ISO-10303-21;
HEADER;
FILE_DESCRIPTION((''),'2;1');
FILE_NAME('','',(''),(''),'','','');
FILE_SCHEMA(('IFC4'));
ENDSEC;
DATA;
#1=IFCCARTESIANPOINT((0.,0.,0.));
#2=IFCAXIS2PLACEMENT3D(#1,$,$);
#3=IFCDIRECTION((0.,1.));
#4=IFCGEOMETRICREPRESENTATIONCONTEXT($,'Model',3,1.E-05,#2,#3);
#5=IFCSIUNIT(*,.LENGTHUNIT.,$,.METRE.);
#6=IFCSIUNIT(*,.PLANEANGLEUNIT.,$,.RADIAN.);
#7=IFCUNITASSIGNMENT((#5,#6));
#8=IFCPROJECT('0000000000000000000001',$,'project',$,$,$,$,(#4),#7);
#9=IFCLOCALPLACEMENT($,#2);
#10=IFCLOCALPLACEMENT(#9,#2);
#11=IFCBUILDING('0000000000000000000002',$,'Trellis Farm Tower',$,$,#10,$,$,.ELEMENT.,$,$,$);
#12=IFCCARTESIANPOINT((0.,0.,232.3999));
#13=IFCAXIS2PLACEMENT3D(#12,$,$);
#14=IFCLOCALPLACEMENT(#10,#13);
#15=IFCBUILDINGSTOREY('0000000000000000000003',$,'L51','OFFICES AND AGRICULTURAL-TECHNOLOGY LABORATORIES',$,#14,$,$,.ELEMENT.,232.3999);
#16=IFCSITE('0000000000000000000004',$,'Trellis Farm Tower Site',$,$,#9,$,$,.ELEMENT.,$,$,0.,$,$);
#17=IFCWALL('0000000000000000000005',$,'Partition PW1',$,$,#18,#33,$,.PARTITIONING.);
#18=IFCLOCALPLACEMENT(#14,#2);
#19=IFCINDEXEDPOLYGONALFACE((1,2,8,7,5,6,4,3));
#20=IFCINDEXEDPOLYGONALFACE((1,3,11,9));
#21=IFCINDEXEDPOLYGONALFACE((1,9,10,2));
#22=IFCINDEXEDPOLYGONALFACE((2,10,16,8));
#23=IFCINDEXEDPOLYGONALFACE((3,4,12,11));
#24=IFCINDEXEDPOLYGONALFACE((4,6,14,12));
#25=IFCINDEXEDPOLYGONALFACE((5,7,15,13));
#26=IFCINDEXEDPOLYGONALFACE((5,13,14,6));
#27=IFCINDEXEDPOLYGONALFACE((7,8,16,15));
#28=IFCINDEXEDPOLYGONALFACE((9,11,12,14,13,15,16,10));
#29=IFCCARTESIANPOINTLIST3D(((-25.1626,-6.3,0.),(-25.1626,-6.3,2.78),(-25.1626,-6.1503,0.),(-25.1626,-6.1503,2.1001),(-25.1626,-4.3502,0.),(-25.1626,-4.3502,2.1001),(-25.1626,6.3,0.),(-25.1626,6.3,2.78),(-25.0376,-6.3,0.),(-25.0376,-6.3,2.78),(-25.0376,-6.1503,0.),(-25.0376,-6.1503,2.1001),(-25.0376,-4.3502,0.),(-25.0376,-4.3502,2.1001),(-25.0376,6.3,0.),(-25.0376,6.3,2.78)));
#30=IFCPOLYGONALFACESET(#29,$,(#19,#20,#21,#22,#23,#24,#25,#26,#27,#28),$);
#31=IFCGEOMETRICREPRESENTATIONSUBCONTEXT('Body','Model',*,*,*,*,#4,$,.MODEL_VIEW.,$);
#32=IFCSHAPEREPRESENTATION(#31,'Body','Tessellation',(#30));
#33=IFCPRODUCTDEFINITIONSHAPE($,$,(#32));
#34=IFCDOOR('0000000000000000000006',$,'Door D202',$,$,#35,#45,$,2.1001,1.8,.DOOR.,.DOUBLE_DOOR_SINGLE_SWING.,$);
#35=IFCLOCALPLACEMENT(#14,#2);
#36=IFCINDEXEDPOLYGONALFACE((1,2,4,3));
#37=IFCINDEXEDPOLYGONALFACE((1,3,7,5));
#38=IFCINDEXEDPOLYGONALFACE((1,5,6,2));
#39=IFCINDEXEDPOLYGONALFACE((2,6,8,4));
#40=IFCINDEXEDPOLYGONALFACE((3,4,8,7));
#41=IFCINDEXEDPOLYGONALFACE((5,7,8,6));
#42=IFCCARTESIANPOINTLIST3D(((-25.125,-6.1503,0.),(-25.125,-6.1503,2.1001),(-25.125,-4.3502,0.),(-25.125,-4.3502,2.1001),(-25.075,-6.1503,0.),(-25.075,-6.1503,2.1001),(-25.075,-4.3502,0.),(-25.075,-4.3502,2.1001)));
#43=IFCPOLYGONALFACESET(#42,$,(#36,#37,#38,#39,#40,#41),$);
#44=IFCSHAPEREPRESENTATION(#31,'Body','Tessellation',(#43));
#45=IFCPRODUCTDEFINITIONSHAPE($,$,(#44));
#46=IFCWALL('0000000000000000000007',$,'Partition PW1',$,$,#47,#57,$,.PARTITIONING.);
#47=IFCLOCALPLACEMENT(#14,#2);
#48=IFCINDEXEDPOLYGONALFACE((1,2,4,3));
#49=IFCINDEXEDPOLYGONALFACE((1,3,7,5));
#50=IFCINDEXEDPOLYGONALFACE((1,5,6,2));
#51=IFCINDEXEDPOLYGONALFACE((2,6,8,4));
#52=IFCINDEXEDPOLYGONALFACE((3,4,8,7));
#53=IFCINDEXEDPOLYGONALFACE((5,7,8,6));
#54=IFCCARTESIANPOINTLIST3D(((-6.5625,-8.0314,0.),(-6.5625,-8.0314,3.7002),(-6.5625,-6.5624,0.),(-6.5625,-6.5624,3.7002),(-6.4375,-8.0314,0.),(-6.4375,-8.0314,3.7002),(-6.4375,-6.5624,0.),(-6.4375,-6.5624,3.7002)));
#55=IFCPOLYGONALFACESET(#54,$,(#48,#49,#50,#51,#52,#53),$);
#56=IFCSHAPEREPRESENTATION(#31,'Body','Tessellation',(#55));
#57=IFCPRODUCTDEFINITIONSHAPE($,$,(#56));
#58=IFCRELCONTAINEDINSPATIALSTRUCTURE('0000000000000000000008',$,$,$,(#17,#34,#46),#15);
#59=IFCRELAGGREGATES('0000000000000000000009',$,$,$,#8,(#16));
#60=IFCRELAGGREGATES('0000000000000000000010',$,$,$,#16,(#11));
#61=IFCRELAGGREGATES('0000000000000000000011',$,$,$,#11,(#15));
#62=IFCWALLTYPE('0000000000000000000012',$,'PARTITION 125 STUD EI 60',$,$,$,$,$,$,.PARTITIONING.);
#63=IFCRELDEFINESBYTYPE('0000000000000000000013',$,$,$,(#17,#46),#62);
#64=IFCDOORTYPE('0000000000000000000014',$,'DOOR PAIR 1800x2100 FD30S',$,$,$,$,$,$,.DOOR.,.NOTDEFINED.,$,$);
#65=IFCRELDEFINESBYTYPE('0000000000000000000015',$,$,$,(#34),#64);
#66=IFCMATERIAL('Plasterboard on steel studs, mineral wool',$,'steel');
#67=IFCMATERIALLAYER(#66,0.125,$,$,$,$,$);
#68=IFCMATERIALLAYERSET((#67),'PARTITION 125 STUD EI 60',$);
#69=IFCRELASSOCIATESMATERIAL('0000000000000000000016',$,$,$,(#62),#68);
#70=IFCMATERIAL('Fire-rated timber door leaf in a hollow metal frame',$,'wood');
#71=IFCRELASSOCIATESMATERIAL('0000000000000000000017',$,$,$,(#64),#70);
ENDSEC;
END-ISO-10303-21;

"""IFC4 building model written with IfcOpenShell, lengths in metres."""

from ifc_helpers import new_model, si_unit, direction, frame, frame_2d, origin, place, context, subcontext, project, spatial, rectangle, extrude, source, transform, mapped, material, layer, layer_set, type_object, element, fill, save


model = new_model("IFC4")

# Units and contexts
model_context = context("Model", 3, precision=1e-05, world=origin(), true_north=direction((0.0, 1.0)))
body_context = subcontext(model_context, "Body", "Model", "MODEL_VIEW")
ifc_project = project(units=[si_unit("LENGTHUNIT", "METRE"), si_unit("PLANEANGLEUNIT", "RADIAN")], contexts=[model_context])

# Site, building, storey
site_placement = place(None, origin())
site = spatial("IfcSite", under=ifc_project, at=site_placement, Name="Trellis Farm Tower Site", CompositionType="ELEMENT", RefElevation=0.0)
building_placement = place(site_placement, origin())
building = spatial("IfcBuilding", under=site, at=building_placement, Name="Trellis Farm Tower", CompositionType="ELEMENT")
storey_placement = place(building_placement, frame((0.0, 0.0, 232.3999)))
storey = spatial("IfcBuildingStorey", under=building, at=storey_placement, Name="L51", Description="OFFICES AND AGRICULTURAL-TECHNOLOGY LABORATORIES", CompositionType="ELEMENT", Elevation=232.3999)

# Wall, opening, door
ifc_material_1 = material(Name="Plasterboard on steel studs, mineral wool", Category="steel")
ifc_layer_1 = layer(ifc_material_1, 0.125)
ifc_layer_set_1 = layer_set([ifc_layer_1], Name="PARTITION 125 STUD EI 60")
wall_type = type_object("IfcWallType", Name="PARTITION 125 STUD EI 60", PredefinedType="PARTITIONING", material=ifc_layer_set_1)
shared_shape_1 = source(origin(), body_context, "Body", "SweptSolid", [
    extrude(rectangle(XDim=12.6001, YDim=0.125, at=frame_2d((6.3, 0.0))), origin(), (0.0, 0.0, 1.0), 2.78),
])
wall_1_placement = place(storey_placement, frame((-25.1001, -6.3, 0.0), z_axis=(0.0, 0.0, 1.0), x_axis=(0.0, 1.0, 0.0)))
wall_1 = element("IfcWall", 1, at=wall_1_placement, inside=storey, type_object=wall_type, Name="Partition PW1", PredefinedType="PARTITIONING", context=body_context, shape_type="MappedRepresentation", body=[
    mapped(shared_shape_1, transform((0.0, 0.0, 0.0))),
])
shared_shape_2 = source(origin(), body_context, "Body", "SweptSolid", [
    extrude(rectangle(XDim=1.8, YDim=2.1001, at=frame_2d((0.8999, 1.05))), frame((0.0, 0.0725, 0.0), z_axis=(0.0, -1.0, 0.0), x_axis=(1.0, 0.0, 0.0)), (0.0, 0.0, 1.0), 0.145),
])
opening_placement = place(wall_1_placement, frame((0.1499, 0.0, 0.0)))
opening = element("IfcOpeningElement", 2, at=opening_placement, cuts=wall_1, PredefinedType="OPENING", context=body_context, shape_type="MappedRepresentation", body=[
    mapped(shared_shape_2, transform((0.0, 0.0, 0.0))),
])
ifc_material_2 = material(Name="Fire-rated timber door leaf in a hollow metal frame", Category="wood")
door_type = type_object("IfcDoorType", Name="DOOR PAIR 1800x2100 FD30S", OperationType="NOTDEFINED", PredefinedType="DOOR", material=ifc_material_2)
shared_shape_3 = source(origin(), body_context, "Body", "SweptSolid", [
    extrude(rectangle(XDim=1.8, YDim=2.1001, at=frame_2d((0.8999, 1.05))), frame((0.0, 0.0249, 0.0), z_axis=(0.0, -1.0, 0.0), x_axis=(1.0, 0.0, 0.0)), (0.0, 0.0, 1.0), 0.05),
])
door_placement = place(opening_placement, origin())
door = element("IfcDoor", 3, at=door_placement, inside=storey, type_object=door_type, Name="Door D202", OperationType="DOUBLE_DOOR_SINGLE_SWING", OverallHeight=2.1001, OverallWidth=1.8, PredefinedType="DOOR", context=body_context, shape_type="MappedRepresentation", body=[
    mapped(shared_shape_3, transform((0.0, 0.0, 0.0))),
])
fill(opening, door)

# Wall
shared_shape_4 = source(origin(), body_context, "Body", "SweptSolid", [
    extrude(rectangle(XDim=1.469, YDim=0.125, at=frame_2d((0.7344, 0.0))), origin(), (0.0, 0.0, 1.0), 3.7002),
])
wall_2_placement = place(storey_placement, frame((-6.5, -6.5625, 0.0), z_axis=(0.0, 0.0, 1.0), x_axis=(0.0, -1.0, 0.0)))
element("IfcWall", 4, at=wall_2_placement, inside=storey, type_object=wall_type, Name="Partition PW1", PredefinedType="PARTITIONING", context=body_context, shape_type="MappedRepresentation", body=[
    mapped(shared_shape_4, transform((0.0, 0.0, 0.0))),
])

save(model, "model.ifc")
